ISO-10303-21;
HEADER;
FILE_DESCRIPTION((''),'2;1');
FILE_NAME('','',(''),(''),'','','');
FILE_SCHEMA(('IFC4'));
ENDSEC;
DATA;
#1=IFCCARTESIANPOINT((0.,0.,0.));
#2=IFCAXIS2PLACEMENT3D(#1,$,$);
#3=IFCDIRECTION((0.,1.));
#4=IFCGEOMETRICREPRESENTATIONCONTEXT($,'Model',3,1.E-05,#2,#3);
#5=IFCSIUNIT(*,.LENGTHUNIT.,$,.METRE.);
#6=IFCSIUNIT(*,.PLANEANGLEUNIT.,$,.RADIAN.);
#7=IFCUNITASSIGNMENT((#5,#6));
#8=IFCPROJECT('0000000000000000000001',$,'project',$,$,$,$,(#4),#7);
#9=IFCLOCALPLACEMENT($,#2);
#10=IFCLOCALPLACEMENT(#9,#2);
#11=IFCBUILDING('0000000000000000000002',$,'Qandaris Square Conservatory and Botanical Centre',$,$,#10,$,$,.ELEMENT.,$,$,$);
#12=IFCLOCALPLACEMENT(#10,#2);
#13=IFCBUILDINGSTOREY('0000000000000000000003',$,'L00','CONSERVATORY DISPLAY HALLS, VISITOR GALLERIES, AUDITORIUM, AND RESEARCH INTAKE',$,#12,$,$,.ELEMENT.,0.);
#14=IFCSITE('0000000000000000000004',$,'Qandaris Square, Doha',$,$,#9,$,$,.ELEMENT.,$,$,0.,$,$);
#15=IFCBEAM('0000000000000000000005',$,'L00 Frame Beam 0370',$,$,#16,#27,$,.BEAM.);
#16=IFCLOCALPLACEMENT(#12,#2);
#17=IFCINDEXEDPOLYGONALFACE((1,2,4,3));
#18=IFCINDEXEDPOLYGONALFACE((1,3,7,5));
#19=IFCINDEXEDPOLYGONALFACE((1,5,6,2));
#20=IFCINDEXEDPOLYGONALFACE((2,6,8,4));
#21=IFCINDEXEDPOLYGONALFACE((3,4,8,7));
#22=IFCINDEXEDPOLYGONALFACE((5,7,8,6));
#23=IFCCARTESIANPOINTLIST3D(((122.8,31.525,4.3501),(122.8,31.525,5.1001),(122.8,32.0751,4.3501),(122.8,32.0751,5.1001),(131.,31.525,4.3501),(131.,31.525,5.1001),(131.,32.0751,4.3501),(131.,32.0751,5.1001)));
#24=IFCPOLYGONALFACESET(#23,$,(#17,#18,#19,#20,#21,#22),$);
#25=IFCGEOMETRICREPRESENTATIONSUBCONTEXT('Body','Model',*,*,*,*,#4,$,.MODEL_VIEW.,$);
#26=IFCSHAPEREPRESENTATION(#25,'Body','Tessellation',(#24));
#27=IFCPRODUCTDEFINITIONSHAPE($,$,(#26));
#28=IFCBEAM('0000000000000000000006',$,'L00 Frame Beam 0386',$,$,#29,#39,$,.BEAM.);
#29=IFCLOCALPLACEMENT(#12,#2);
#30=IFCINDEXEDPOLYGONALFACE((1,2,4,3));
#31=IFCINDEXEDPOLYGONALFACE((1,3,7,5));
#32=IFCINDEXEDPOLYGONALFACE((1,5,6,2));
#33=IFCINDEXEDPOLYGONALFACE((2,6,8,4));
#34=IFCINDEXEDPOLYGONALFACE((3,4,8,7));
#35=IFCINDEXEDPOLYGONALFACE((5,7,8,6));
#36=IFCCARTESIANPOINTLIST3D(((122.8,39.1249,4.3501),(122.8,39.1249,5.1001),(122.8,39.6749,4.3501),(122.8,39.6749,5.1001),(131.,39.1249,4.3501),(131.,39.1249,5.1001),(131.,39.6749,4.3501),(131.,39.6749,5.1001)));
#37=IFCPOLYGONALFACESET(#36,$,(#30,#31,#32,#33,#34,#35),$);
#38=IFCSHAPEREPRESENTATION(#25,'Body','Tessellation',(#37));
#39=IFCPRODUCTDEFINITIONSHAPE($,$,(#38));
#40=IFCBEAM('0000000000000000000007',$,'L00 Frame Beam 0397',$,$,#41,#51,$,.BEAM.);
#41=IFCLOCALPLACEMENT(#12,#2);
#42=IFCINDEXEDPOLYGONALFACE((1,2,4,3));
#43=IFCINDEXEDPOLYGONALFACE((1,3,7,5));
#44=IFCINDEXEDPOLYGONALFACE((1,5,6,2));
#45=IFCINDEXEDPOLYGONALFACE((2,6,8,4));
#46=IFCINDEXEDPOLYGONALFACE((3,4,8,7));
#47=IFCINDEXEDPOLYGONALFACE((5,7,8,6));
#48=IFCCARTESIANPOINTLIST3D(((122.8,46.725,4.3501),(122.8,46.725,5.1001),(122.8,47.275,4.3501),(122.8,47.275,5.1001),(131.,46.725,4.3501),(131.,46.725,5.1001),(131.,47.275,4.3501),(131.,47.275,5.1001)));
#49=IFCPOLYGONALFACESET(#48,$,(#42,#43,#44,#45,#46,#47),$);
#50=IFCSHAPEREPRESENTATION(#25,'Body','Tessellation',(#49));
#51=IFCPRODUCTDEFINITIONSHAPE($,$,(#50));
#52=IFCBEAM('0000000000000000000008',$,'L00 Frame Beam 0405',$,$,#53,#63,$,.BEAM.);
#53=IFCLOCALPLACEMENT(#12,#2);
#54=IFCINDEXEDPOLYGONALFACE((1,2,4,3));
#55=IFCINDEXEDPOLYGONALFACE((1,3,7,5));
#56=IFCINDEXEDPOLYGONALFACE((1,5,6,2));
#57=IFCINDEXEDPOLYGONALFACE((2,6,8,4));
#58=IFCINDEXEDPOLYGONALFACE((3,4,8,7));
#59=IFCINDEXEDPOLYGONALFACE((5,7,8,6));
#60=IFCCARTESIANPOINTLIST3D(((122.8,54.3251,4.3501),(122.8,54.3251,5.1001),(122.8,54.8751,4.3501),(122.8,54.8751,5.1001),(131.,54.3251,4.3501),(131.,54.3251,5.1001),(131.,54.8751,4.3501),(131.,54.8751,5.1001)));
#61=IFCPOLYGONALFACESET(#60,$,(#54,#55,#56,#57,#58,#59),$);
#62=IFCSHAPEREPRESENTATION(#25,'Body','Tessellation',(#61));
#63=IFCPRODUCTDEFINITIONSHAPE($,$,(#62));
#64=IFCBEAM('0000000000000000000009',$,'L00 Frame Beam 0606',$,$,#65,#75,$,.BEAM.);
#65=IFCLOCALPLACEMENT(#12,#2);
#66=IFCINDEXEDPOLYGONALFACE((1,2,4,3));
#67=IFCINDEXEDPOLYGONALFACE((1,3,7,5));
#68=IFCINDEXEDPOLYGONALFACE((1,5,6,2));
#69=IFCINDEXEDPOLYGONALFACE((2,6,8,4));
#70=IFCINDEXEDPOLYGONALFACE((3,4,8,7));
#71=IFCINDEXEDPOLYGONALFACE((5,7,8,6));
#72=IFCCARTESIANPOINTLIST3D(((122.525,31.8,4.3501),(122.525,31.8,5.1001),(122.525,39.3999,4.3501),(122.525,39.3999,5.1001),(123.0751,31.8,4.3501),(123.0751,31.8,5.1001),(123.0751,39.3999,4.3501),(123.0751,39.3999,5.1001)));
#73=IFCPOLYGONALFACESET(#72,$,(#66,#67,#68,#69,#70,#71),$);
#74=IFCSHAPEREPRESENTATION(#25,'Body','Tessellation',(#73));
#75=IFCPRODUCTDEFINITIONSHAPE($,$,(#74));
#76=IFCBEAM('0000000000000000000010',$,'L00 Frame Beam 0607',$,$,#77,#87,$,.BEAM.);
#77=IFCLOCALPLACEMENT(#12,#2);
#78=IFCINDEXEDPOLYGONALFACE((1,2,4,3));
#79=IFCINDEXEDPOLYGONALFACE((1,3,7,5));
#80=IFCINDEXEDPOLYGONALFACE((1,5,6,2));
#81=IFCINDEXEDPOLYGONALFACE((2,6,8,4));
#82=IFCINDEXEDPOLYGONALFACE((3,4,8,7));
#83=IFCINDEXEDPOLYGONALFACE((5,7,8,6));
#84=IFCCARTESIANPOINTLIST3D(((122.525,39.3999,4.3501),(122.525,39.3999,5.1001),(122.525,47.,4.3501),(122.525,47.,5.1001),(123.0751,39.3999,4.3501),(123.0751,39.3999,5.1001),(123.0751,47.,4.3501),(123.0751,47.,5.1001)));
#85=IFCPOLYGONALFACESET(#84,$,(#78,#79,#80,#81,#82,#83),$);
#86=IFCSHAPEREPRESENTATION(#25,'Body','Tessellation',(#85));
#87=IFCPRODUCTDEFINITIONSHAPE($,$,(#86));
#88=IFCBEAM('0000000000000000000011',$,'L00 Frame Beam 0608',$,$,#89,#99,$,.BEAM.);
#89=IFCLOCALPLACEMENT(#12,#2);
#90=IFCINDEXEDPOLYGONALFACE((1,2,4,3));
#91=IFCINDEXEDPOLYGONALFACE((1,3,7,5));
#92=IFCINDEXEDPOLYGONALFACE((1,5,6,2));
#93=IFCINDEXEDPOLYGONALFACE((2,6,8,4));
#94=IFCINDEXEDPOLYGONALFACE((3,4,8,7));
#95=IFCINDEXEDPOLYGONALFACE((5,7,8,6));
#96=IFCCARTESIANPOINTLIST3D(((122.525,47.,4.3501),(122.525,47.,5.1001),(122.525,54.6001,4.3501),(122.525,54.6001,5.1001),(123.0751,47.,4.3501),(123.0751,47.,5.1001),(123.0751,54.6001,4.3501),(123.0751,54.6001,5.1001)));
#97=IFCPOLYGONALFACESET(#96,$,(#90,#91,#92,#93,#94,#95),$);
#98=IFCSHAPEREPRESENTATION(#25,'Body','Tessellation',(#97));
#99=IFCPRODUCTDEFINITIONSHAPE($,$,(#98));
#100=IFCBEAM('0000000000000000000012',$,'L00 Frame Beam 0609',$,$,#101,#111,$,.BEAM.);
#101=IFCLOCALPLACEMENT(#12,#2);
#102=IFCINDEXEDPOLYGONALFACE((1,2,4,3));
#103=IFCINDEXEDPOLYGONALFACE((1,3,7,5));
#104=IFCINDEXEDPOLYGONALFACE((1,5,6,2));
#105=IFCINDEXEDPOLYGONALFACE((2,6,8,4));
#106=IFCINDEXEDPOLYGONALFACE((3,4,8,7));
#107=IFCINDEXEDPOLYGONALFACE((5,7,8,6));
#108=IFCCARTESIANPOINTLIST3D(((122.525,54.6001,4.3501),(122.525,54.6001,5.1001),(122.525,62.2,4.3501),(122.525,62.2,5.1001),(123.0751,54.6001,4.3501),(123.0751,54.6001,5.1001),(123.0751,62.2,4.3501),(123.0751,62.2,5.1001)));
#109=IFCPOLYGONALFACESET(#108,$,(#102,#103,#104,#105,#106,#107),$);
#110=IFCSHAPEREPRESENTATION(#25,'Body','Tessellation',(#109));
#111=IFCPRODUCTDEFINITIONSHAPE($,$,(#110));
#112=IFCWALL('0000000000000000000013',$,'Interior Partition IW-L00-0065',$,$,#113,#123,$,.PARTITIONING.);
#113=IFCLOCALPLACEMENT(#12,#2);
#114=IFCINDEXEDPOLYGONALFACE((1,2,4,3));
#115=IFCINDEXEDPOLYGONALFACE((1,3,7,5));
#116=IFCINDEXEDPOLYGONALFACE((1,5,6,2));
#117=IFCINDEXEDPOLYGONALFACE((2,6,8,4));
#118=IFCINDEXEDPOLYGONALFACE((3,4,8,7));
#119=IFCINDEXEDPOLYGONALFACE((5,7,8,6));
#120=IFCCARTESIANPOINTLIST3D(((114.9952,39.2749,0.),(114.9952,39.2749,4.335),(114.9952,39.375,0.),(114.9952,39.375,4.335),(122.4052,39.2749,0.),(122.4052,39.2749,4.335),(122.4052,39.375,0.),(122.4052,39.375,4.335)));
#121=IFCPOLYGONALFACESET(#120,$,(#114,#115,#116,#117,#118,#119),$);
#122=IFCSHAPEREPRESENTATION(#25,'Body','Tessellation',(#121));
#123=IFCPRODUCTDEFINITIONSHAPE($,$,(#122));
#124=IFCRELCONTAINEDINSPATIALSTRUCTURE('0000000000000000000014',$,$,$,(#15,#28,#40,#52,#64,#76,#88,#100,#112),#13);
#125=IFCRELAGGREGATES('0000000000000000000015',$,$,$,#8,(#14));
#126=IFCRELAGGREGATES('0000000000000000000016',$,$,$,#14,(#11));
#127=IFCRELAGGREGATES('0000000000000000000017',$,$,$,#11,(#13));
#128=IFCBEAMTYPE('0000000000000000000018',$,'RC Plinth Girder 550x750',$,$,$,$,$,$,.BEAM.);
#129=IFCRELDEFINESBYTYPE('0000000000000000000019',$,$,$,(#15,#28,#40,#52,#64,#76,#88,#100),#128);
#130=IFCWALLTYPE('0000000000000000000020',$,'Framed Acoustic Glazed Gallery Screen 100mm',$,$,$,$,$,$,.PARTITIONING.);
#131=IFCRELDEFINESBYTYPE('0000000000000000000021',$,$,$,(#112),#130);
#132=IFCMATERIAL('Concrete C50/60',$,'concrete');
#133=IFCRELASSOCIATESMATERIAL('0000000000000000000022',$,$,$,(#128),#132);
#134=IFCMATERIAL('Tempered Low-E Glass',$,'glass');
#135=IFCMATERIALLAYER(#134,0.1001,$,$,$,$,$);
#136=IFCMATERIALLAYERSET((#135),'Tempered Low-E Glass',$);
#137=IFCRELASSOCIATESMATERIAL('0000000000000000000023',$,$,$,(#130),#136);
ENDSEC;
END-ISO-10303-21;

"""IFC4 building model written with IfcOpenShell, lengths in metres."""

from ifc_helpers import new_model, si_unit, direction, frame, frame_2d, origin, origin_2d, place, context, subcontext, project, spatial, rectangle, extrude, material, layer, layer_set, material_profile, profile_set, type_object, element, save


model = new_model("IFC4")

# Units and contexts
model_context = context("Model", 3, precision=1e-05, world=origin(), true_north=direction((0.0, 1.0)))
body_context = subcontext(model_context, "Body", "Model", "MODEL_VIEW")
ifc_project = project(units=[si_unit("LENGTHUNIT", "METRE"), si_unit("PLANEANGLEUNIT", "RADIAN")], contexts=[model_context])

# Site, building, storey
site_placement = place(None, origin())
site = spatial("IfcSite", under=ifc_project, at=site_placement, Name="Qandaris Square, Doha", CompositionType="ELEMENT", RefElevation=0.0)
building_placement = place(site_placement, origin())
building = spatial("IfcBuilding", under=site, at=building_placement, Name="Qandaris Square Conservatory and Botanical Centre", CompositionType="ELEMENT")
storey_placement = place(building_placement, origin())
storey = spatial("IfcBuildingStorey", under=building, at=storey_placement, Name="L00", Description="CONSERVATORY DISPLAY HALLS, VISITOR GALLERIES, AUDITORIUM, AND RESEARCH INTAKE", CompositionType="ELEMENT", Elevation=0.0)

# Shared definitions
ifc_material_1 = material(Name="Concrete C50/60", Category="concrete")

# Beams
ifc_material_profile_1 = material_profile(ifc_material_1, rectangle(XDim=0.55, YDim=0.75, at=origin_2d()), Name="RC-BM 550x750")
ifc_profile_set_1 = profile_set([ifc_material_profile_1], Name="Concrete C50/60")
beam_type_1 = type_object("IfcBeamType", Name="RC Plinth Girder 550x750", PredefinedType="BEAM", material=ifc_profile_set_1)
for number, where, z_axis, x_axis, name in (
    (1, (122.8, 31.8, 4.7251), (1.0, 0.0, 0.0), (0.0, 1.0, 0.0), "L00 Frame Beam 0370"),
    (2, (122.8, 39.3999, 4.7251), (1.0, 0.0, 0.0), (0.0, 1.0, 0.0), "L00 Frame Beam 0386"),
    (3, (122.8, 47.0, 4.7251), (1.0, 0.0, 0.0), (0.0, 1.0, 0.0), "L00 Frame Beam 0397"),
    (4, (122.8, 54.6001, 4.7251), (1.0, 0.0, 0.0), (0.0, 1.0, 0.0), "L00 Frame Beam 0405"),
):
    element("IfcBeam", number, at=place(storey_placement, frame(where, z_axis=z_axis, x_axis=x_axis)), inside=storey, type_object=beam_type_1, Name=name, PredefinedType="BEAM", context=body_context, shape_type="SweptSolid", body=[
        extrude(rectangle(XDim=0.55, YDim=0.75, at=origin_2d()), origin(), (0.0, 0.0, 1.0), 8.2),
    ])
beam_1_placement = place(storey_placement, frame((122.8, 31.8, 4.7251), z_axis=(0.0, 1.0, 0.0), x_axis=(-1.0, 0.0, 0.0)))
element("IfcBeam", 5, at=beam_1_placement, inside=storey, type_object=beam_type_1, Name="L00 Frame Beam 0606", PredefinedType="BEAM", context=body_context, shape_type="SweptSolid", body=[
    extrude(rectangle(XDim=0.55, YDim=0.75, at=origin_2d()), origin(), (0.0, 0.0, 1.0), 7.5999),
])
for number, where, z_axis, x_axis, name in (
    (6, (122.8, 39.3999, 4.7251), (0.0, 1.0, 0.0), (-1.0, 0.0, 0.0), "L00 Frame Beam 0607"),
    (7, (122.8, 47.0, 4.7251), (0.0, 1.0, 0.0), (-1.0, 0.0, 0.0), "L00 Frame Beam 0608"),
):
    element("IfcBeam", number, at=place(storey_placement, frame(where, z_axis=z_axis, x_axis=x_axis)), inside=storey, type_object=beam_type_1, Name=name, PredefinedType="BEAM", context=body_context, shape_type="SweptSolid", body=[
        extrude(rectangle(XDim=0.55, YDim=0.75, at=origin_2d()), origin(), (0.0, 0.0, 1.0), 7.6001),
    ])
beam_2_placement = place(storey_placement, frame((122.8, 54.6001, 4.7251), z_axis=(0.0, 1.0, 0.0), x_axis=(-1.0, 0.0, 0.0)))
element("IfcBeam", 8, at=beam_2_placement, inside=storey, type_object=beam_type_1, Name="L00 Frame Beam 0609", PredefinedType="BEAM", context=body_context, shape_type="SweptSolid", body=[
    extrude(rectangle(XDim=0.55, YDim=0.75, at=origin_2d()), origin(), (0.0, 0.0, 1.0), 7.5999),
])

# Wall
ifc_material_2 = material(Name="Tempered Low-E Glass", Category="glass")
ifc_layer = layer(ifc_material_2, 0.1001)
ifc_layer_set = layer_set([ifc_layer], Name="Tempered Low-E Glass")
wall_type = type_object("IfcWallType", Name="Framed Acoustic Glazed Gallery Screen 100mm", PredefinedType="PARTITIONING", material=ifc_layer_set)
wall_placement = place(storey_placement, frame((114.9951, 39.325, 0.0), z_axis=(0.0, 0.0, 1.0), x_axis=(1.0, 0.0, 0.0)))
element("IfcWall", 9, at=wall_placement, inside=storey, type_object=wall_type, Name="Interior Partition IW-L00-0065", PredefinedType="PARTITIONING", context=body_context, shape_type="SweptSolid", body=[
    extrude(rectangle(XDim=7.4099, YDim=0.1001, at=frame_2d((3.7051, 0.0))), origin(), (0.0, 0.0, 1.0), 4.335),
])

save(model, "model.ifc")
